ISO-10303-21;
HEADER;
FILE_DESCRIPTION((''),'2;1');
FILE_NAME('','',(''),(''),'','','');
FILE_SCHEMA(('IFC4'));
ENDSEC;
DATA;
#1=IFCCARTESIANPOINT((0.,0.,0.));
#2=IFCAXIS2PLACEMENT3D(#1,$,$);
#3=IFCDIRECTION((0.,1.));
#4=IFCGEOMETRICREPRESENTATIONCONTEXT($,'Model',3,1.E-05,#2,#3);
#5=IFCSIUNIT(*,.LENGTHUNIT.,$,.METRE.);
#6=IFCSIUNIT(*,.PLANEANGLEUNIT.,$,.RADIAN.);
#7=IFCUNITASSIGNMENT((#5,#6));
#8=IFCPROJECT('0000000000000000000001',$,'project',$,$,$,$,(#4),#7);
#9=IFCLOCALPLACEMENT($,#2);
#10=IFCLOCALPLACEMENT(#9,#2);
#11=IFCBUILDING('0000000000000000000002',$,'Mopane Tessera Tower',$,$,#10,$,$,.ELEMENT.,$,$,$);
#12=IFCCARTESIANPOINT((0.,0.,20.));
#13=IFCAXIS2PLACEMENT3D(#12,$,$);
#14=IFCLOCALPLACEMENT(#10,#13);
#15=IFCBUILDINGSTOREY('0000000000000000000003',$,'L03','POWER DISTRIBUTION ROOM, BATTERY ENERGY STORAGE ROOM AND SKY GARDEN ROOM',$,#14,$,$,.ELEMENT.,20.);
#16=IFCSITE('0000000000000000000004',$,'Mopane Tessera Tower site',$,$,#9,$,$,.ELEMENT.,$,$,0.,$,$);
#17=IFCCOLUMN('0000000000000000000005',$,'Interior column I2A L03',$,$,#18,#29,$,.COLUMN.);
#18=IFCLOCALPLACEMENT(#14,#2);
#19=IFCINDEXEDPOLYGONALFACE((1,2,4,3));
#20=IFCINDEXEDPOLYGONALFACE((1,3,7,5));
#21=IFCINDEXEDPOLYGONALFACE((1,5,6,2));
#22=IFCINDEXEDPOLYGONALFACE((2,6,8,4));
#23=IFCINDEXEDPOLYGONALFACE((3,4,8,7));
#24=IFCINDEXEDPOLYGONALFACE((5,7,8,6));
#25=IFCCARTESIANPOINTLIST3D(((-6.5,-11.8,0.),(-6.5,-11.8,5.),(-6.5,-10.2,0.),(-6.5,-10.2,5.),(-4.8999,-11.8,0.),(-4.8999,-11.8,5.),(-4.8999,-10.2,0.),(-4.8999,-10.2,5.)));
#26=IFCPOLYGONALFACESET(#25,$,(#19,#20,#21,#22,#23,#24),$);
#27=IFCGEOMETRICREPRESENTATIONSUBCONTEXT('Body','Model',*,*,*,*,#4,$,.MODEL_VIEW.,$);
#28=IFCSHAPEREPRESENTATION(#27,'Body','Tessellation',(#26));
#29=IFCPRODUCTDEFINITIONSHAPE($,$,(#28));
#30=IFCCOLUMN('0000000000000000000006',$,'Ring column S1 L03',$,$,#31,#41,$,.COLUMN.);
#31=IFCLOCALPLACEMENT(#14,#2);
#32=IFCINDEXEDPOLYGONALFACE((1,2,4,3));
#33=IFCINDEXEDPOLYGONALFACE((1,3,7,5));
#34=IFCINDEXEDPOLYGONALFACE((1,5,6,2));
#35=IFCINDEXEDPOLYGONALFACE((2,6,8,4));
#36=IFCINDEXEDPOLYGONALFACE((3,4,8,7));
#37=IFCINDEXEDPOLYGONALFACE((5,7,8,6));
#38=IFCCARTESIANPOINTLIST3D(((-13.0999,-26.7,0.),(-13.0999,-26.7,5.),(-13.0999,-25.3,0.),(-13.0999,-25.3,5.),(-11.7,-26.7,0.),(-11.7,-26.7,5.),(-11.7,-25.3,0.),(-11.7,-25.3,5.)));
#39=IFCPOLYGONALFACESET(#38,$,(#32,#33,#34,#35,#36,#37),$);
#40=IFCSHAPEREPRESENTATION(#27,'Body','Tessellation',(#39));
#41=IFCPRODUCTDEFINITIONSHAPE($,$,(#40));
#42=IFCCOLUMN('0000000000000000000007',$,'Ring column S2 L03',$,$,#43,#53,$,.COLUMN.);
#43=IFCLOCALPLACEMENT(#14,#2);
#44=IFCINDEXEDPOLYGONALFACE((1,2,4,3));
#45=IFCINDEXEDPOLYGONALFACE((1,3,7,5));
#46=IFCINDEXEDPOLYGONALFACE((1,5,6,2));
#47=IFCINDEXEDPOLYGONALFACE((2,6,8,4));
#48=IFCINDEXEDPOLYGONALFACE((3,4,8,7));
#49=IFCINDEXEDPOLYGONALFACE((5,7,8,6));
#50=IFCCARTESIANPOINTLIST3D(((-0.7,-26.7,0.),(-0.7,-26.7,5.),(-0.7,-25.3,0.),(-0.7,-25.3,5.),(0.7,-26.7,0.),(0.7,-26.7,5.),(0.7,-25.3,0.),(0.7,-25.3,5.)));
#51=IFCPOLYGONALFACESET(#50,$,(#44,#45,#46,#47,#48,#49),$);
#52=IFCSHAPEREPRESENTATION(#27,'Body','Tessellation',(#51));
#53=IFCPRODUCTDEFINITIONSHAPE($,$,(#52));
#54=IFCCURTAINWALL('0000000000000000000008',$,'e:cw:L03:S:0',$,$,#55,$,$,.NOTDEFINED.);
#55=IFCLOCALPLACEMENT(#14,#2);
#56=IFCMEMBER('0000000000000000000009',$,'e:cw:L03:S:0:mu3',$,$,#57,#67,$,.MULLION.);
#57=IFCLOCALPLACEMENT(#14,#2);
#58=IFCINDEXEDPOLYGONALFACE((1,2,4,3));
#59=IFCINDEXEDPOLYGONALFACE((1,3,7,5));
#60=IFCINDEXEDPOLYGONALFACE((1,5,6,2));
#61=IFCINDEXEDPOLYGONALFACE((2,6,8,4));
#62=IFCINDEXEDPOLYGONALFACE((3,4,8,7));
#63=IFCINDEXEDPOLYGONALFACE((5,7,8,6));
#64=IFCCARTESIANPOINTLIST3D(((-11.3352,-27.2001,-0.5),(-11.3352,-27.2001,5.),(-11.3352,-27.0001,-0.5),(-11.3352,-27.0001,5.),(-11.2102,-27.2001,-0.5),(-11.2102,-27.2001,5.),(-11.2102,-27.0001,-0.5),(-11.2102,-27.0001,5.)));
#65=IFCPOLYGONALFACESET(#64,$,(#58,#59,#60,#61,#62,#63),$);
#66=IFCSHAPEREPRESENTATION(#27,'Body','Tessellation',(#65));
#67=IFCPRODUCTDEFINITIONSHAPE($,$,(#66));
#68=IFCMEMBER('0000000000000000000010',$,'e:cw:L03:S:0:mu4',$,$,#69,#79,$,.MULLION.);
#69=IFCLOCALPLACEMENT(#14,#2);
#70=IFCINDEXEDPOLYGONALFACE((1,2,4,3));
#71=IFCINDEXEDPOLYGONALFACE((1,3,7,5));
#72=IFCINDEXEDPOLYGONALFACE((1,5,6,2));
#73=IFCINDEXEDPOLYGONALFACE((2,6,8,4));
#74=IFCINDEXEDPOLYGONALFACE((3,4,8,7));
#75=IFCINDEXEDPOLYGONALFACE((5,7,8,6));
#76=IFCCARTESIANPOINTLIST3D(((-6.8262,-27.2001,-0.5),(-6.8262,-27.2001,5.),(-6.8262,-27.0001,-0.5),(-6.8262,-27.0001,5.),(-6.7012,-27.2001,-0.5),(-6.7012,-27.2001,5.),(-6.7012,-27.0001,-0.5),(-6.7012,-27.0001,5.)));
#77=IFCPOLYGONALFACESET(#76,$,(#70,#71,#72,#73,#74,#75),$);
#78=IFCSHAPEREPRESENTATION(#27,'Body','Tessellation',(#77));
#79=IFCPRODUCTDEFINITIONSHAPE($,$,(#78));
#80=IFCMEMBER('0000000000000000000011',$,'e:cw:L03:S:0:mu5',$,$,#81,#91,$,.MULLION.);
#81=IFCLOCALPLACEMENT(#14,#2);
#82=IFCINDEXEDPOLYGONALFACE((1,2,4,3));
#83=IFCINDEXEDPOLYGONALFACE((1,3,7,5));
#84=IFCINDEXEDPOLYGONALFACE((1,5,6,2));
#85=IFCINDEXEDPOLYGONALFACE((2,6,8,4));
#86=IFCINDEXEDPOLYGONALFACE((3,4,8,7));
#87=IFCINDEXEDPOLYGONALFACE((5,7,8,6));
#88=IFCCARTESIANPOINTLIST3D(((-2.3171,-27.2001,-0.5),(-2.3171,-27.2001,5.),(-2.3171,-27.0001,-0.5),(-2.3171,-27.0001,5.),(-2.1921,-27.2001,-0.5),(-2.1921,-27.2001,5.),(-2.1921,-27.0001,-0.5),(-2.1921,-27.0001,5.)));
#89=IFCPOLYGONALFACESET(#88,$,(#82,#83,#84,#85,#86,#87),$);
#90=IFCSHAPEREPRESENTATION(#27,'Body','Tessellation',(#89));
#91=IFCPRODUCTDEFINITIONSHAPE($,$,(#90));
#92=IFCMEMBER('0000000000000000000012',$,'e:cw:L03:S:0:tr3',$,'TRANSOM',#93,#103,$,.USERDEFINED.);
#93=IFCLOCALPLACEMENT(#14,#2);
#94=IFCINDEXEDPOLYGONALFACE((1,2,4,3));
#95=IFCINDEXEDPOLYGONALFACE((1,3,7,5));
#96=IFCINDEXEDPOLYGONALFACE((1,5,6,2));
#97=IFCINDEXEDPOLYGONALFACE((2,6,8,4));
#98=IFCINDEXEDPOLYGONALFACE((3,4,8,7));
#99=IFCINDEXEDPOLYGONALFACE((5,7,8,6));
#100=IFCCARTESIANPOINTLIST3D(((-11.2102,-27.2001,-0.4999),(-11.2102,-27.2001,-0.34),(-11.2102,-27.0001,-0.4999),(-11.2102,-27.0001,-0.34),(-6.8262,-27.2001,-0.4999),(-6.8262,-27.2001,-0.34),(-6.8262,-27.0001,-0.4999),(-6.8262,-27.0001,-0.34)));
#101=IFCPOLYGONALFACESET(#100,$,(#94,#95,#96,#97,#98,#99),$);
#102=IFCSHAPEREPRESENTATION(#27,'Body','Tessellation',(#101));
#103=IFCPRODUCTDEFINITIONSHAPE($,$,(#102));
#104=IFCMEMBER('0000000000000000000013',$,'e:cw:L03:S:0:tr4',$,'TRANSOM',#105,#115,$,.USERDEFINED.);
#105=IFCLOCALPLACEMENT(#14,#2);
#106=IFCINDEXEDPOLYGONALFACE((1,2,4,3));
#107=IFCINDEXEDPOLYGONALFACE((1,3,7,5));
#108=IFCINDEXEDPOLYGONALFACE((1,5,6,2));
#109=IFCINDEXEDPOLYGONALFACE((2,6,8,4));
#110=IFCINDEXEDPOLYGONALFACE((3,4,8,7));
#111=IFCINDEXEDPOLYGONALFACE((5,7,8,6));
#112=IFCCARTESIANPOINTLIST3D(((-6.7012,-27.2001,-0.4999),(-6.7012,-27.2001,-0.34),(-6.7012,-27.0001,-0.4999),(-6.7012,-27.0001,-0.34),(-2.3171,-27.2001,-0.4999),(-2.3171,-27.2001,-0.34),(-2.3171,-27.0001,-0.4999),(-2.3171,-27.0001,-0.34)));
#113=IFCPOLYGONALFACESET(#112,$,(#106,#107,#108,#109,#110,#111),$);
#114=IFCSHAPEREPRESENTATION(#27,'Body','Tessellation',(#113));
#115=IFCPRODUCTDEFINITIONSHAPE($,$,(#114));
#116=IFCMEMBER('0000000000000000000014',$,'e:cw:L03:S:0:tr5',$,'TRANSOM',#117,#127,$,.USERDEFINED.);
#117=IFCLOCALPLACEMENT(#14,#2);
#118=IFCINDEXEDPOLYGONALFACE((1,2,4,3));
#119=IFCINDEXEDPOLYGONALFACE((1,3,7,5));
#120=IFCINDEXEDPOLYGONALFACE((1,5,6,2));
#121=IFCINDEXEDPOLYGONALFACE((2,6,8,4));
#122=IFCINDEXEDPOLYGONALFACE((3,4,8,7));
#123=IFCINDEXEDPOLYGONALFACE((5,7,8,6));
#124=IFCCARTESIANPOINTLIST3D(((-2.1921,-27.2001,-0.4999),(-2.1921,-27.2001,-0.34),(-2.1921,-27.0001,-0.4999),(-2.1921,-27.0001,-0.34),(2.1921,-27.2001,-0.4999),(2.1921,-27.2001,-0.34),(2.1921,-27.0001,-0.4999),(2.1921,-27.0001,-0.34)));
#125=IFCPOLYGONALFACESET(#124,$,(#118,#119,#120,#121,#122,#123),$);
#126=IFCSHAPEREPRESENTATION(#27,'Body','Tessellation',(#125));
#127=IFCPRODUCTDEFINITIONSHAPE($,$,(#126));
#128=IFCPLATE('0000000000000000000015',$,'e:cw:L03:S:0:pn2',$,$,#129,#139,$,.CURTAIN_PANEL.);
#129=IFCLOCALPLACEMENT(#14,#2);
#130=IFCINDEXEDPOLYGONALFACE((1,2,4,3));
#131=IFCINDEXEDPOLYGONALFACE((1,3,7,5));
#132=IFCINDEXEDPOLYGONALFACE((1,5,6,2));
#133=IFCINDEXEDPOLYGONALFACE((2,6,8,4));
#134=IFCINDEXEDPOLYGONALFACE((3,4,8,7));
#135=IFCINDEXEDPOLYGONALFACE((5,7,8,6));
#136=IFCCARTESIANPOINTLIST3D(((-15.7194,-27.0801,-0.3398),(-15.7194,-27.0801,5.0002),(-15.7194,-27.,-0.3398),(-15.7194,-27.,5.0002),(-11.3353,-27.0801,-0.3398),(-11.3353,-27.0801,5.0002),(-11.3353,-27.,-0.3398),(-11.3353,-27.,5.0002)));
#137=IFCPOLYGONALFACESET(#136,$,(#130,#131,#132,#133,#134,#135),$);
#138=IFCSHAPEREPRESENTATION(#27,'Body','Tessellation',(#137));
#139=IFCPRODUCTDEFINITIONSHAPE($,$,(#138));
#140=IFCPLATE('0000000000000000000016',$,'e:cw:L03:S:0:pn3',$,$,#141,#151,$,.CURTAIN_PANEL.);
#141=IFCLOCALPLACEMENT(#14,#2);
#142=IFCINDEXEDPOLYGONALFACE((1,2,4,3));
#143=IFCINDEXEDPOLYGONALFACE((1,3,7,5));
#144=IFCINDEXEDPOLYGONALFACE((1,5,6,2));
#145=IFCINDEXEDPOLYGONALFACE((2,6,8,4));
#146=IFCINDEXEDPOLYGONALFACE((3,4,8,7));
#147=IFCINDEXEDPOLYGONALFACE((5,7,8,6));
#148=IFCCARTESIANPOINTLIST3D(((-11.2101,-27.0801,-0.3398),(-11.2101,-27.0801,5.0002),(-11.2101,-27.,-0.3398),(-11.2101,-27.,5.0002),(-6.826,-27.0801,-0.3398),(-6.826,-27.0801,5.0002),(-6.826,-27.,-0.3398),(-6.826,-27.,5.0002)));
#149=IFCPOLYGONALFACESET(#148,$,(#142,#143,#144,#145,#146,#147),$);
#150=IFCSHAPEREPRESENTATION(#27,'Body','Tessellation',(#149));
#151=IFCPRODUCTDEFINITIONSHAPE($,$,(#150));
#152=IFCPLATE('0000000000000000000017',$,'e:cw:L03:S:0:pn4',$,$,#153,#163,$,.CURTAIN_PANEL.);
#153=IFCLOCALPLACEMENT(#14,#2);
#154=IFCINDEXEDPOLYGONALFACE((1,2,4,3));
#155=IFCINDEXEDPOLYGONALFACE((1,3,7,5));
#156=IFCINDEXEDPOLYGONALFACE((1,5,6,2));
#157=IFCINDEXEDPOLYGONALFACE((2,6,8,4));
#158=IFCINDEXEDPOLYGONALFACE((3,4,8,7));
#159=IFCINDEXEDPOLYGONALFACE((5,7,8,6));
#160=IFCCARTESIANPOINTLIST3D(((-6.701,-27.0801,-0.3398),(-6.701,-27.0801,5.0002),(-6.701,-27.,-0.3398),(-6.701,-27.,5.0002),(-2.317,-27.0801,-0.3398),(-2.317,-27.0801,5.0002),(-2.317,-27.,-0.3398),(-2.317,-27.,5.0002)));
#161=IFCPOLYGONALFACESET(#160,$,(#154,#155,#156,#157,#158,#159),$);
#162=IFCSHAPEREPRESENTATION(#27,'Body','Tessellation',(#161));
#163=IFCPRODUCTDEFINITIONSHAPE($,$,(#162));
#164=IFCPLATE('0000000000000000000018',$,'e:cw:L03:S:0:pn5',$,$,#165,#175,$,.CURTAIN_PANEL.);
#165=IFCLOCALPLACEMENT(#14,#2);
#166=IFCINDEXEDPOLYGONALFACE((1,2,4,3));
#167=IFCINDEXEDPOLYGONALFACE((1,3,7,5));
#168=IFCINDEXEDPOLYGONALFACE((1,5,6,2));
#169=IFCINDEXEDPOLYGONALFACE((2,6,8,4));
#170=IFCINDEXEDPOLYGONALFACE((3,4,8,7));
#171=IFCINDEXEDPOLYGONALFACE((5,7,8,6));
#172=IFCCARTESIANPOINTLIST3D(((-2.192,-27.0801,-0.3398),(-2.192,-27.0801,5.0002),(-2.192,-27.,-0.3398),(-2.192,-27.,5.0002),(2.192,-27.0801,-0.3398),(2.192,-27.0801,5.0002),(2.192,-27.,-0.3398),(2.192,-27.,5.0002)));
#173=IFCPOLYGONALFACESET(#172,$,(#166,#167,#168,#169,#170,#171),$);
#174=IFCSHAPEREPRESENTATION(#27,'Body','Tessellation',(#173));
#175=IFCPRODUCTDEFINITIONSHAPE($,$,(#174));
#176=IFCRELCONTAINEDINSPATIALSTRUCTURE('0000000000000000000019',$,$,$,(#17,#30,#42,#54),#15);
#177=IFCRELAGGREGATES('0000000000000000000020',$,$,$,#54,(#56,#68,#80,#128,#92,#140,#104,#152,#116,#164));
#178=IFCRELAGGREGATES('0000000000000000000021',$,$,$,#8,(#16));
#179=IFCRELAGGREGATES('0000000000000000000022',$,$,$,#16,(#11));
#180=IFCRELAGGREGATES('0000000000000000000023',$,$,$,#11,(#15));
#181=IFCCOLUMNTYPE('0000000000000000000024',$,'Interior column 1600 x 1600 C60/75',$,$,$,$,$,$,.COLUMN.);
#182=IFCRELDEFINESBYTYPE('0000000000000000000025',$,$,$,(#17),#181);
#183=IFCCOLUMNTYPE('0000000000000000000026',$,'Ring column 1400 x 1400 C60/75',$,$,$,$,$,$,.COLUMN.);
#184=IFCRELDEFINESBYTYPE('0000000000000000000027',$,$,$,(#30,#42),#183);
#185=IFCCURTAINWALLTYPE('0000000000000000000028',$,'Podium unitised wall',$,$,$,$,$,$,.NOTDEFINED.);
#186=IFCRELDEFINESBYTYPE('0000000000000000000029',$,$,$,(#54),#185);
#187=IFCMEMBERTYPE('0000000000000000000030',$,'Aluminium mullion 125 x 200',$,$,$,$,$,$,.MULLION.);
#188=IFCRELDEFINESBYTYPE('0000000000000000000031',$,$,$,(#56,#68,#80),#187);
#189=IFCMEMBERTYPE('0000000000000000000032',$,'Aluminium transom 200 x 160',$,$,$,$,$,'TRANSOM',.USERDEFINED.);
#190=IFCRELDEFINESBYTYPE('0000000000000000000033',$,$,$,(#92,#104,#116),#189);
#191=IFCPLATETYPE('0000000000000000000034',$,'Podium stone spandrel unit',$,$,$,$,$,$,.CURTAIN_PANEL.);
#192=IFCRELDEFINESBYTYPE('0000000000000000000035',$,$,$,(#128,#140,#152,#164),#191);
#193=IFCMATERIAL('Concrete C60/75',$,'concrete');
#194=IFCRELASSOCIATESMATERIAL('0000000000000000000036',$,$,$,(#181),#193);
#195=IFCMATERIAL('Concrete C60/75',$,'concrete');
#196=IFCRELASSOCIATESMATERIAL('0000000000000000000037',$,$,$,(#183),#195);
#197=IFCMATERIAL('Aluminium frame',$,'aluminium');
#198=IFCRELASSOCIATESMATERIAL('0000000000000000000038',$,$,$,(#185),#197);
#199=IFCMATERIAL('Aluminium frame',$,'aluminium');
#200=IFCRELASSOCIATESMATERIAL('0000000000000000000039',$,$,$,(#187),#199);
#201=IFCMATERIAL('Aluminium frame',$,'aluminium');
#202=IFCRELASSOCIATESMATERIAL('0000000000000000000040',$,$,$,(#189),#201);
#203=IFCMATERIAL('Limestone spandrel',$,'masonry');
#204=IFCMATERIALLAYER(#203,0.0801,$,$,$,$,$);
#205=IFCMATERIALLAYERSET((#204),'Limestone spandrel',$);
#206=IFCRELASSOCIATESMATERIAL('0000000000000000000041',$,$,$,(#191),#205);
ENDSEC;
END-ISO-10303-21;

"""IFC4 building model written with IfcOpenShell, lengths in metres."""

from ifc_helpers import new_model, si_unit, direction, frame, origin, origin_2d, place, context, subcontext, project, spatial, rectangle, extrude, material, layer, layer_set, material_profile, profile_set, type_object, element, aggregate, save


model = new_model("IFC4")

# Units and contexts
model_context = context("Model", 3, precision=1e-05, world=origin(), true_north=direction((0.0, 1.0)))
body_context = subcontext(model_context, "Body", "Model", "MODEL_VIEW")
ifc_project = project(units=[si_unit("LENGTHUNIT", "METRE"), si_unit("PLANEANGLEUNIT", "RADIAN")], contexts=[model_context])

# Site, building, storey
site_placement = place(None, origin())
site = spatial("IfcSite", under=ifc_project, at=site_placement, Name="Mopane Tessera Tower site", CompositionType="ELEMENT", RefElevation=0.0)
building_placement = place(site_placement, origin())
building = spatial("IfcBuilding", under=site, at=building_placement, Name="Mopane Tessera Tower", CompositionType="ELEMENT")
storey_placement = place(building_placement, frame((0.0, 0.0, 20.0)))
storey = spatial("IfcBuildingStorey", under=building, at=storey_placement, Name="L03", Description="POWER DISTRIBUTION ROOM, BATTERY ENERGY STORAGE ROOM AND SKY GARDEN ROOM", CompositionType="ELEMENT", Elevation=20.0)

# Columns
ifc_material_1 = material(Name="Concrete C60/75", Category="concrete")
ifc_material_profile_1 = material_profile(ifc_material_1, rectangle(XDim=1.6001, YDim=1.6001, at=origin_2d()))
ifc_profile_set_1 = profile_set([ifc_material_profile_1], Name="Concrete C60/75")
column_type_1 = type_object("IfcColumnType", Name="Interior column 1600 x 1600 C60/75", PredefinedType="COLUMN", material=ifc_profile_set_1)
column_placement = place(storey_placement, frame((-5.7, -11.0, 0.0), z_axis=(0.0, 0.0, 1.0), x_axis=(1.0, 0.0, 0.0)))
element("IfcColumn", 1, at=column_placement, inside=storey, type_object=column_type_1, Name="Interior column I2A L03", PredefinedType="COLUMN", context=body_context, shape_type="SweptSolid", body=[
    extrude(rectangle(XDim=1.6001, YDim=1.6001, at=origin_2d()), origin(), (0.0, 0.0, 1.0), 5.0),
])
ifc_material_2 = material(Name="Concrete C60/75", Category="concrete")
ifc_material_profile_2 = material_profile(ifc_material_2, rectangle(XDim=1.3999, YDim=1.3999, at=origin_2d()))
ifc_profile_set_2 = profile_set([ifc_material_profile_2], Name="Concrete C60/75")
column_type_2 = type_object("IfcColumnType", Name="Ring column 1400 x 1400 C60/75", PredefinedType="COLUMN", material=ifc_profile_set_2)
for number, where, z_axis, x_axis, name in (
    (2, (-12.3999, -26.0, 0.0), (0.0, 0.0, 1.0), (1.0, 0.0, 0.0), "Ring column S1 L03"),
    (3, (0.0, -26.0, 0.0), (0.0, 0.0, 1.0), (1.0, 0.0, 0.0), "Ring column S2 L03"),
):
    element("IfcColumn", number, at=place(storey_placement, frame(where, z_axis=z_axis, x_axis=x_axis)), inside=storey, type_object=column_type_2, Name=name, PredefinedType="COLUMN", context=body_context, shape_type="SweptSolid", body=[
        extrude(rectangle(XDim=1.3999, YDim=1.3999, at=origin_2d()), origin(), (0.0, 0.0, 1.0), 5.0),
    ])

# Curtain wall, members, plates
ifc_material_3 = material(Name="Aluminium frame", Category="aluminium")
curtain_wall_type = type_object("IfcCurtainWallType", Name="Podium unitised wall", PredefinedType="NOTDEFINED", material=ifc_material_3)
curtain_wall_placement = place(storey_placement, origin())
curtain_wall = element("IfcCurtainWall", 4, at=curtain_wall_placement, inside=storey, type_object=curtain_wall_type, Name="e:cw:L03:S:0", PredefinedType="NOTDEFINED")
ifc_material_4 = material(Name="Aluminium frame", Category="aluminium")
ifc_material_profile_3 = material_profile(ifc_material_4, rectangle(XDim=0.125, YDim=0.2, at=origin_2d()))
ifc_profile_set_3 = profile_set([ifc_material_profile_3], Name="Aluminium frame")
member_type_1 = type_object("IfcMemberType", Name="Aluminium mullion 125 x 200", PredefinedType="MULLION", material=ifc_profile_set_3)
member_1_placement = place(storey_placement, frame((-11.2727, -27.1001, -0.5), z_axis=(0.0, 0.0, 1.0), x_axis=(1.0, 0.0, 0.0)))
member_1 = element("IfcMember", 5, at=member_1_placement, type_object=member_type_1, Name="e:cw:L03:S:0:mu3", PredefinedType="MULLION", context=body_context, shape_type="SweptSolid", body=[
    extrude(rectangle(XDim=0.125, YDim=0.2, at=origin_2d()), origin(), (0.0, 0.0, 1.0), 5.5),
])
member_2_placement = place(storey_placement, frame((-6.7637, -27.1001, -0.5), z_axis=(0.0, 0.0, 1.0), x_axis=(1.0, 0.0, 0.0)))
member_2 = element("IfcMember", 6, at=member_2_placement, type_object=member_type_1, Name="e:cw:L03:S:0:mu4", PredefinedType="MULLION", context=body_context, shape_type="SweptSolid", body=[
    extrude(rectangle(XDim=0.125, YDim=0.2, at=origin_2d()), origin(), (0.0, 0.0, 1.0), 5.5),
])
member_3_placement = place(storey_placement, frame((-2.2546, -27.1001, -0.5), z_axis=(0.0, 0.0, 1.0), x_axis=(1.0, 0.0, 0.0)))
member_3 = element("IfcMember", 7, at=member_3_placement, type_object=member_type_1, Name="e:cw:L03:S:0:mu5", PredefinedType="MULLION", context=body_context, shape_type="SweptSolid", body=[
    extrude(rectangle(XDim=0.125, YDim=0.2, at=origin_2d()), origin(), (0.0, 0.0, 1.0), 5.5),
])
ifc_material_5 = material(Name="Aluminium frame", Category="aluminium")
ifc_material_profile_4 = material_profile(ifc_material_5, rectangle(XDim=0.2, YDim=0.1599, at=origin_2d()))
ifc_profile_set_4 = profile_set([ifc_material_profile_4], Name="Aluminium frame")
member_type_2 = type_object("IfcMemberType", Name="Aluminium transom 200 x 160", ElementType="TRANSOM", PredefinedType="USERDEFINED", material=ifc_profile_set_4)
member_4_placement = place(storey_placement, frame((-11.2102, -27.1001, -0.4199), z_axis=(1.0, 0.0, 0.0), x_axis=(0.0, 1.0, 0.0)))
member_4 = element("IfcMember", 8, at=member_4_placement, type_object=member_type_2, Name="e:cw:L03:S:0:tr3", ObjectType="TRANSOM", PredefinedType="USERDEFINED", context=body_context, shape_type="SweptSolid", body=[
    extrude(rectangle(XDim=0.2, YDim=0.1599, at=origin_2d()), origin(), (0.0, 0.0, 1.0), 4.384),
])
member_5_placement = place(storey_placement, frame((-6.7012, -27.1001, -0.4199), z_axis=(1.0, 0.0, 0.0), x_axis=(0.0, 1.0, 0.0)))
member_5 = element("IfcMember", 9, at=member_5_placement, type_object=member_type_2, Name="e:cw:L03:S:0:tr4", ObjectType="TRANSOM", PredefinedType="USERDEFINED", context=body_context, shape_type="SweptSolid", body=[
    extrude(rectangle(XDim=0.2, YDim=0.1599, at=origin_2d()), origin(), (0.0, 0.0, 1.0), 4.384),
])
member_6_placement = place(storey_placement, frame((-2.1921, -27.1001, -0.4199), z_axis=(1.0, 0.0, 0.0), x_axis=(0.0, 1.0, 0.0)))
member_6 = element("IfcMember", 10, at=member_6_placement, type_object=member_type_2, Name="e:cw:L03:S:0:tr5", ObjectType="TRANSOM", PredefinedType="USERDEFINED", context=body_context, shape_type="SweptSolid", body=[
    extrude(rectangle(XDim=0.2, YDim=0.1599, at=origin_2d()), origin(), (0.0, 0.0, 1.0), 4.3843),
])
ifc_material_6 = material(Name="Limestone spandrel", Category="masonry")
ifc_layer_1 = layer(ifc_material_6, 0.0801)
ifc_layer_set_1 = layer_set([ifc_layer_1], Name="Limestone spandrel")
plate_type = type_object("IfcPlateType", Name="Podium stone spandrel unit", PredefinedType="CURTAIN_PANEL", material=ifc_layer_set_1)
plate_1_placement = place(storey_placement, frame((-13.5273, -27.04, -0.3398), z_axis=(0.0, 0.0, 1.0), x_axis=(1.0, 0.0, 0.0)))
plate_1 = element("IfcPlate", 11, at=plate_1_placement, type_object=plate_type, Name="e:cw:L03:S:0:pn2", PredefinedType="CURTAIN_PANEL", context=body_context, shape_type="SweptSolid", body=[
    extrude(rectangle(XDim=4.384, YDim=0.0801, at=origin_2d()), origin(), (0.0, 0.0, 1.0), 5.3401),
])
plate_2_placement = place(storey_placement, frame((-9.0181, -27.04, -0.3398), z_axis=(0.0, 0.0, 1.0), x_axis=(1.0, 0.0, 0.0)))
plate_2 = element("IfcPlate", 12, at=plate_2_placement, type_object=plate_type, Name="e:cw:L03:S:0:pn3", PredefinedType="CURTAIN_PANEL", context=body_context, shape_type="SweptSolid", body=[
    extrude(rectangle(XDim=4.384, YDim=0.0801, at=origin_2d()), origin(), (0.0, 0.0, 1.0), 5.3401),
])
plate_3_placement = place(storey_placement, frame((-4.509, -27.04, -0.3398), z_axis=(0.0, 0.0, 1.0), x_axis=(1.0, 0.0, 0.0)))
plate_3 = element("IfcPlate", 13, at=plate_3_placement, type_object=plate_type, Name="e:cw:L03:S:0:pn4", PredefinedType="CURTAIN_PANEL", context=body_context, shape_type="SweptSolid", body=[
    extrude(rectangle(XDim=4.384, YDim=0.0801, at=origin_2d()), origin(), (0.0, 0.0, 1.0), 5.3401),
])
plate_4_placement = place(storey_placement, frame((0.0, -27.04, -0.3398), z_axis=(0.0, 0.0, 1.0), x_axis=(1.0, 0.0, 0.0)))
plate_4 = element("IfcPlate", 14, at=plate_4_placement, type_object=plate_type, Name="e:cw:L03:S:0:pn5", PredefinedType="CURTAIN_PANEL", context=body_context, shape_type="SweptSolid", body=[
    extrude(rectangle(XDim=4.384, YDim=0.0801, at=origin_2d()), origin(), (0.0, 0.0, 1.0), 5.3401),
])
aggregate(curtain_wall, [member_1, member_2, member_3, plate_1, member_4, plate_2, member_5, plate_3, member_6, plate_4])

save(model, "model.ifc")
